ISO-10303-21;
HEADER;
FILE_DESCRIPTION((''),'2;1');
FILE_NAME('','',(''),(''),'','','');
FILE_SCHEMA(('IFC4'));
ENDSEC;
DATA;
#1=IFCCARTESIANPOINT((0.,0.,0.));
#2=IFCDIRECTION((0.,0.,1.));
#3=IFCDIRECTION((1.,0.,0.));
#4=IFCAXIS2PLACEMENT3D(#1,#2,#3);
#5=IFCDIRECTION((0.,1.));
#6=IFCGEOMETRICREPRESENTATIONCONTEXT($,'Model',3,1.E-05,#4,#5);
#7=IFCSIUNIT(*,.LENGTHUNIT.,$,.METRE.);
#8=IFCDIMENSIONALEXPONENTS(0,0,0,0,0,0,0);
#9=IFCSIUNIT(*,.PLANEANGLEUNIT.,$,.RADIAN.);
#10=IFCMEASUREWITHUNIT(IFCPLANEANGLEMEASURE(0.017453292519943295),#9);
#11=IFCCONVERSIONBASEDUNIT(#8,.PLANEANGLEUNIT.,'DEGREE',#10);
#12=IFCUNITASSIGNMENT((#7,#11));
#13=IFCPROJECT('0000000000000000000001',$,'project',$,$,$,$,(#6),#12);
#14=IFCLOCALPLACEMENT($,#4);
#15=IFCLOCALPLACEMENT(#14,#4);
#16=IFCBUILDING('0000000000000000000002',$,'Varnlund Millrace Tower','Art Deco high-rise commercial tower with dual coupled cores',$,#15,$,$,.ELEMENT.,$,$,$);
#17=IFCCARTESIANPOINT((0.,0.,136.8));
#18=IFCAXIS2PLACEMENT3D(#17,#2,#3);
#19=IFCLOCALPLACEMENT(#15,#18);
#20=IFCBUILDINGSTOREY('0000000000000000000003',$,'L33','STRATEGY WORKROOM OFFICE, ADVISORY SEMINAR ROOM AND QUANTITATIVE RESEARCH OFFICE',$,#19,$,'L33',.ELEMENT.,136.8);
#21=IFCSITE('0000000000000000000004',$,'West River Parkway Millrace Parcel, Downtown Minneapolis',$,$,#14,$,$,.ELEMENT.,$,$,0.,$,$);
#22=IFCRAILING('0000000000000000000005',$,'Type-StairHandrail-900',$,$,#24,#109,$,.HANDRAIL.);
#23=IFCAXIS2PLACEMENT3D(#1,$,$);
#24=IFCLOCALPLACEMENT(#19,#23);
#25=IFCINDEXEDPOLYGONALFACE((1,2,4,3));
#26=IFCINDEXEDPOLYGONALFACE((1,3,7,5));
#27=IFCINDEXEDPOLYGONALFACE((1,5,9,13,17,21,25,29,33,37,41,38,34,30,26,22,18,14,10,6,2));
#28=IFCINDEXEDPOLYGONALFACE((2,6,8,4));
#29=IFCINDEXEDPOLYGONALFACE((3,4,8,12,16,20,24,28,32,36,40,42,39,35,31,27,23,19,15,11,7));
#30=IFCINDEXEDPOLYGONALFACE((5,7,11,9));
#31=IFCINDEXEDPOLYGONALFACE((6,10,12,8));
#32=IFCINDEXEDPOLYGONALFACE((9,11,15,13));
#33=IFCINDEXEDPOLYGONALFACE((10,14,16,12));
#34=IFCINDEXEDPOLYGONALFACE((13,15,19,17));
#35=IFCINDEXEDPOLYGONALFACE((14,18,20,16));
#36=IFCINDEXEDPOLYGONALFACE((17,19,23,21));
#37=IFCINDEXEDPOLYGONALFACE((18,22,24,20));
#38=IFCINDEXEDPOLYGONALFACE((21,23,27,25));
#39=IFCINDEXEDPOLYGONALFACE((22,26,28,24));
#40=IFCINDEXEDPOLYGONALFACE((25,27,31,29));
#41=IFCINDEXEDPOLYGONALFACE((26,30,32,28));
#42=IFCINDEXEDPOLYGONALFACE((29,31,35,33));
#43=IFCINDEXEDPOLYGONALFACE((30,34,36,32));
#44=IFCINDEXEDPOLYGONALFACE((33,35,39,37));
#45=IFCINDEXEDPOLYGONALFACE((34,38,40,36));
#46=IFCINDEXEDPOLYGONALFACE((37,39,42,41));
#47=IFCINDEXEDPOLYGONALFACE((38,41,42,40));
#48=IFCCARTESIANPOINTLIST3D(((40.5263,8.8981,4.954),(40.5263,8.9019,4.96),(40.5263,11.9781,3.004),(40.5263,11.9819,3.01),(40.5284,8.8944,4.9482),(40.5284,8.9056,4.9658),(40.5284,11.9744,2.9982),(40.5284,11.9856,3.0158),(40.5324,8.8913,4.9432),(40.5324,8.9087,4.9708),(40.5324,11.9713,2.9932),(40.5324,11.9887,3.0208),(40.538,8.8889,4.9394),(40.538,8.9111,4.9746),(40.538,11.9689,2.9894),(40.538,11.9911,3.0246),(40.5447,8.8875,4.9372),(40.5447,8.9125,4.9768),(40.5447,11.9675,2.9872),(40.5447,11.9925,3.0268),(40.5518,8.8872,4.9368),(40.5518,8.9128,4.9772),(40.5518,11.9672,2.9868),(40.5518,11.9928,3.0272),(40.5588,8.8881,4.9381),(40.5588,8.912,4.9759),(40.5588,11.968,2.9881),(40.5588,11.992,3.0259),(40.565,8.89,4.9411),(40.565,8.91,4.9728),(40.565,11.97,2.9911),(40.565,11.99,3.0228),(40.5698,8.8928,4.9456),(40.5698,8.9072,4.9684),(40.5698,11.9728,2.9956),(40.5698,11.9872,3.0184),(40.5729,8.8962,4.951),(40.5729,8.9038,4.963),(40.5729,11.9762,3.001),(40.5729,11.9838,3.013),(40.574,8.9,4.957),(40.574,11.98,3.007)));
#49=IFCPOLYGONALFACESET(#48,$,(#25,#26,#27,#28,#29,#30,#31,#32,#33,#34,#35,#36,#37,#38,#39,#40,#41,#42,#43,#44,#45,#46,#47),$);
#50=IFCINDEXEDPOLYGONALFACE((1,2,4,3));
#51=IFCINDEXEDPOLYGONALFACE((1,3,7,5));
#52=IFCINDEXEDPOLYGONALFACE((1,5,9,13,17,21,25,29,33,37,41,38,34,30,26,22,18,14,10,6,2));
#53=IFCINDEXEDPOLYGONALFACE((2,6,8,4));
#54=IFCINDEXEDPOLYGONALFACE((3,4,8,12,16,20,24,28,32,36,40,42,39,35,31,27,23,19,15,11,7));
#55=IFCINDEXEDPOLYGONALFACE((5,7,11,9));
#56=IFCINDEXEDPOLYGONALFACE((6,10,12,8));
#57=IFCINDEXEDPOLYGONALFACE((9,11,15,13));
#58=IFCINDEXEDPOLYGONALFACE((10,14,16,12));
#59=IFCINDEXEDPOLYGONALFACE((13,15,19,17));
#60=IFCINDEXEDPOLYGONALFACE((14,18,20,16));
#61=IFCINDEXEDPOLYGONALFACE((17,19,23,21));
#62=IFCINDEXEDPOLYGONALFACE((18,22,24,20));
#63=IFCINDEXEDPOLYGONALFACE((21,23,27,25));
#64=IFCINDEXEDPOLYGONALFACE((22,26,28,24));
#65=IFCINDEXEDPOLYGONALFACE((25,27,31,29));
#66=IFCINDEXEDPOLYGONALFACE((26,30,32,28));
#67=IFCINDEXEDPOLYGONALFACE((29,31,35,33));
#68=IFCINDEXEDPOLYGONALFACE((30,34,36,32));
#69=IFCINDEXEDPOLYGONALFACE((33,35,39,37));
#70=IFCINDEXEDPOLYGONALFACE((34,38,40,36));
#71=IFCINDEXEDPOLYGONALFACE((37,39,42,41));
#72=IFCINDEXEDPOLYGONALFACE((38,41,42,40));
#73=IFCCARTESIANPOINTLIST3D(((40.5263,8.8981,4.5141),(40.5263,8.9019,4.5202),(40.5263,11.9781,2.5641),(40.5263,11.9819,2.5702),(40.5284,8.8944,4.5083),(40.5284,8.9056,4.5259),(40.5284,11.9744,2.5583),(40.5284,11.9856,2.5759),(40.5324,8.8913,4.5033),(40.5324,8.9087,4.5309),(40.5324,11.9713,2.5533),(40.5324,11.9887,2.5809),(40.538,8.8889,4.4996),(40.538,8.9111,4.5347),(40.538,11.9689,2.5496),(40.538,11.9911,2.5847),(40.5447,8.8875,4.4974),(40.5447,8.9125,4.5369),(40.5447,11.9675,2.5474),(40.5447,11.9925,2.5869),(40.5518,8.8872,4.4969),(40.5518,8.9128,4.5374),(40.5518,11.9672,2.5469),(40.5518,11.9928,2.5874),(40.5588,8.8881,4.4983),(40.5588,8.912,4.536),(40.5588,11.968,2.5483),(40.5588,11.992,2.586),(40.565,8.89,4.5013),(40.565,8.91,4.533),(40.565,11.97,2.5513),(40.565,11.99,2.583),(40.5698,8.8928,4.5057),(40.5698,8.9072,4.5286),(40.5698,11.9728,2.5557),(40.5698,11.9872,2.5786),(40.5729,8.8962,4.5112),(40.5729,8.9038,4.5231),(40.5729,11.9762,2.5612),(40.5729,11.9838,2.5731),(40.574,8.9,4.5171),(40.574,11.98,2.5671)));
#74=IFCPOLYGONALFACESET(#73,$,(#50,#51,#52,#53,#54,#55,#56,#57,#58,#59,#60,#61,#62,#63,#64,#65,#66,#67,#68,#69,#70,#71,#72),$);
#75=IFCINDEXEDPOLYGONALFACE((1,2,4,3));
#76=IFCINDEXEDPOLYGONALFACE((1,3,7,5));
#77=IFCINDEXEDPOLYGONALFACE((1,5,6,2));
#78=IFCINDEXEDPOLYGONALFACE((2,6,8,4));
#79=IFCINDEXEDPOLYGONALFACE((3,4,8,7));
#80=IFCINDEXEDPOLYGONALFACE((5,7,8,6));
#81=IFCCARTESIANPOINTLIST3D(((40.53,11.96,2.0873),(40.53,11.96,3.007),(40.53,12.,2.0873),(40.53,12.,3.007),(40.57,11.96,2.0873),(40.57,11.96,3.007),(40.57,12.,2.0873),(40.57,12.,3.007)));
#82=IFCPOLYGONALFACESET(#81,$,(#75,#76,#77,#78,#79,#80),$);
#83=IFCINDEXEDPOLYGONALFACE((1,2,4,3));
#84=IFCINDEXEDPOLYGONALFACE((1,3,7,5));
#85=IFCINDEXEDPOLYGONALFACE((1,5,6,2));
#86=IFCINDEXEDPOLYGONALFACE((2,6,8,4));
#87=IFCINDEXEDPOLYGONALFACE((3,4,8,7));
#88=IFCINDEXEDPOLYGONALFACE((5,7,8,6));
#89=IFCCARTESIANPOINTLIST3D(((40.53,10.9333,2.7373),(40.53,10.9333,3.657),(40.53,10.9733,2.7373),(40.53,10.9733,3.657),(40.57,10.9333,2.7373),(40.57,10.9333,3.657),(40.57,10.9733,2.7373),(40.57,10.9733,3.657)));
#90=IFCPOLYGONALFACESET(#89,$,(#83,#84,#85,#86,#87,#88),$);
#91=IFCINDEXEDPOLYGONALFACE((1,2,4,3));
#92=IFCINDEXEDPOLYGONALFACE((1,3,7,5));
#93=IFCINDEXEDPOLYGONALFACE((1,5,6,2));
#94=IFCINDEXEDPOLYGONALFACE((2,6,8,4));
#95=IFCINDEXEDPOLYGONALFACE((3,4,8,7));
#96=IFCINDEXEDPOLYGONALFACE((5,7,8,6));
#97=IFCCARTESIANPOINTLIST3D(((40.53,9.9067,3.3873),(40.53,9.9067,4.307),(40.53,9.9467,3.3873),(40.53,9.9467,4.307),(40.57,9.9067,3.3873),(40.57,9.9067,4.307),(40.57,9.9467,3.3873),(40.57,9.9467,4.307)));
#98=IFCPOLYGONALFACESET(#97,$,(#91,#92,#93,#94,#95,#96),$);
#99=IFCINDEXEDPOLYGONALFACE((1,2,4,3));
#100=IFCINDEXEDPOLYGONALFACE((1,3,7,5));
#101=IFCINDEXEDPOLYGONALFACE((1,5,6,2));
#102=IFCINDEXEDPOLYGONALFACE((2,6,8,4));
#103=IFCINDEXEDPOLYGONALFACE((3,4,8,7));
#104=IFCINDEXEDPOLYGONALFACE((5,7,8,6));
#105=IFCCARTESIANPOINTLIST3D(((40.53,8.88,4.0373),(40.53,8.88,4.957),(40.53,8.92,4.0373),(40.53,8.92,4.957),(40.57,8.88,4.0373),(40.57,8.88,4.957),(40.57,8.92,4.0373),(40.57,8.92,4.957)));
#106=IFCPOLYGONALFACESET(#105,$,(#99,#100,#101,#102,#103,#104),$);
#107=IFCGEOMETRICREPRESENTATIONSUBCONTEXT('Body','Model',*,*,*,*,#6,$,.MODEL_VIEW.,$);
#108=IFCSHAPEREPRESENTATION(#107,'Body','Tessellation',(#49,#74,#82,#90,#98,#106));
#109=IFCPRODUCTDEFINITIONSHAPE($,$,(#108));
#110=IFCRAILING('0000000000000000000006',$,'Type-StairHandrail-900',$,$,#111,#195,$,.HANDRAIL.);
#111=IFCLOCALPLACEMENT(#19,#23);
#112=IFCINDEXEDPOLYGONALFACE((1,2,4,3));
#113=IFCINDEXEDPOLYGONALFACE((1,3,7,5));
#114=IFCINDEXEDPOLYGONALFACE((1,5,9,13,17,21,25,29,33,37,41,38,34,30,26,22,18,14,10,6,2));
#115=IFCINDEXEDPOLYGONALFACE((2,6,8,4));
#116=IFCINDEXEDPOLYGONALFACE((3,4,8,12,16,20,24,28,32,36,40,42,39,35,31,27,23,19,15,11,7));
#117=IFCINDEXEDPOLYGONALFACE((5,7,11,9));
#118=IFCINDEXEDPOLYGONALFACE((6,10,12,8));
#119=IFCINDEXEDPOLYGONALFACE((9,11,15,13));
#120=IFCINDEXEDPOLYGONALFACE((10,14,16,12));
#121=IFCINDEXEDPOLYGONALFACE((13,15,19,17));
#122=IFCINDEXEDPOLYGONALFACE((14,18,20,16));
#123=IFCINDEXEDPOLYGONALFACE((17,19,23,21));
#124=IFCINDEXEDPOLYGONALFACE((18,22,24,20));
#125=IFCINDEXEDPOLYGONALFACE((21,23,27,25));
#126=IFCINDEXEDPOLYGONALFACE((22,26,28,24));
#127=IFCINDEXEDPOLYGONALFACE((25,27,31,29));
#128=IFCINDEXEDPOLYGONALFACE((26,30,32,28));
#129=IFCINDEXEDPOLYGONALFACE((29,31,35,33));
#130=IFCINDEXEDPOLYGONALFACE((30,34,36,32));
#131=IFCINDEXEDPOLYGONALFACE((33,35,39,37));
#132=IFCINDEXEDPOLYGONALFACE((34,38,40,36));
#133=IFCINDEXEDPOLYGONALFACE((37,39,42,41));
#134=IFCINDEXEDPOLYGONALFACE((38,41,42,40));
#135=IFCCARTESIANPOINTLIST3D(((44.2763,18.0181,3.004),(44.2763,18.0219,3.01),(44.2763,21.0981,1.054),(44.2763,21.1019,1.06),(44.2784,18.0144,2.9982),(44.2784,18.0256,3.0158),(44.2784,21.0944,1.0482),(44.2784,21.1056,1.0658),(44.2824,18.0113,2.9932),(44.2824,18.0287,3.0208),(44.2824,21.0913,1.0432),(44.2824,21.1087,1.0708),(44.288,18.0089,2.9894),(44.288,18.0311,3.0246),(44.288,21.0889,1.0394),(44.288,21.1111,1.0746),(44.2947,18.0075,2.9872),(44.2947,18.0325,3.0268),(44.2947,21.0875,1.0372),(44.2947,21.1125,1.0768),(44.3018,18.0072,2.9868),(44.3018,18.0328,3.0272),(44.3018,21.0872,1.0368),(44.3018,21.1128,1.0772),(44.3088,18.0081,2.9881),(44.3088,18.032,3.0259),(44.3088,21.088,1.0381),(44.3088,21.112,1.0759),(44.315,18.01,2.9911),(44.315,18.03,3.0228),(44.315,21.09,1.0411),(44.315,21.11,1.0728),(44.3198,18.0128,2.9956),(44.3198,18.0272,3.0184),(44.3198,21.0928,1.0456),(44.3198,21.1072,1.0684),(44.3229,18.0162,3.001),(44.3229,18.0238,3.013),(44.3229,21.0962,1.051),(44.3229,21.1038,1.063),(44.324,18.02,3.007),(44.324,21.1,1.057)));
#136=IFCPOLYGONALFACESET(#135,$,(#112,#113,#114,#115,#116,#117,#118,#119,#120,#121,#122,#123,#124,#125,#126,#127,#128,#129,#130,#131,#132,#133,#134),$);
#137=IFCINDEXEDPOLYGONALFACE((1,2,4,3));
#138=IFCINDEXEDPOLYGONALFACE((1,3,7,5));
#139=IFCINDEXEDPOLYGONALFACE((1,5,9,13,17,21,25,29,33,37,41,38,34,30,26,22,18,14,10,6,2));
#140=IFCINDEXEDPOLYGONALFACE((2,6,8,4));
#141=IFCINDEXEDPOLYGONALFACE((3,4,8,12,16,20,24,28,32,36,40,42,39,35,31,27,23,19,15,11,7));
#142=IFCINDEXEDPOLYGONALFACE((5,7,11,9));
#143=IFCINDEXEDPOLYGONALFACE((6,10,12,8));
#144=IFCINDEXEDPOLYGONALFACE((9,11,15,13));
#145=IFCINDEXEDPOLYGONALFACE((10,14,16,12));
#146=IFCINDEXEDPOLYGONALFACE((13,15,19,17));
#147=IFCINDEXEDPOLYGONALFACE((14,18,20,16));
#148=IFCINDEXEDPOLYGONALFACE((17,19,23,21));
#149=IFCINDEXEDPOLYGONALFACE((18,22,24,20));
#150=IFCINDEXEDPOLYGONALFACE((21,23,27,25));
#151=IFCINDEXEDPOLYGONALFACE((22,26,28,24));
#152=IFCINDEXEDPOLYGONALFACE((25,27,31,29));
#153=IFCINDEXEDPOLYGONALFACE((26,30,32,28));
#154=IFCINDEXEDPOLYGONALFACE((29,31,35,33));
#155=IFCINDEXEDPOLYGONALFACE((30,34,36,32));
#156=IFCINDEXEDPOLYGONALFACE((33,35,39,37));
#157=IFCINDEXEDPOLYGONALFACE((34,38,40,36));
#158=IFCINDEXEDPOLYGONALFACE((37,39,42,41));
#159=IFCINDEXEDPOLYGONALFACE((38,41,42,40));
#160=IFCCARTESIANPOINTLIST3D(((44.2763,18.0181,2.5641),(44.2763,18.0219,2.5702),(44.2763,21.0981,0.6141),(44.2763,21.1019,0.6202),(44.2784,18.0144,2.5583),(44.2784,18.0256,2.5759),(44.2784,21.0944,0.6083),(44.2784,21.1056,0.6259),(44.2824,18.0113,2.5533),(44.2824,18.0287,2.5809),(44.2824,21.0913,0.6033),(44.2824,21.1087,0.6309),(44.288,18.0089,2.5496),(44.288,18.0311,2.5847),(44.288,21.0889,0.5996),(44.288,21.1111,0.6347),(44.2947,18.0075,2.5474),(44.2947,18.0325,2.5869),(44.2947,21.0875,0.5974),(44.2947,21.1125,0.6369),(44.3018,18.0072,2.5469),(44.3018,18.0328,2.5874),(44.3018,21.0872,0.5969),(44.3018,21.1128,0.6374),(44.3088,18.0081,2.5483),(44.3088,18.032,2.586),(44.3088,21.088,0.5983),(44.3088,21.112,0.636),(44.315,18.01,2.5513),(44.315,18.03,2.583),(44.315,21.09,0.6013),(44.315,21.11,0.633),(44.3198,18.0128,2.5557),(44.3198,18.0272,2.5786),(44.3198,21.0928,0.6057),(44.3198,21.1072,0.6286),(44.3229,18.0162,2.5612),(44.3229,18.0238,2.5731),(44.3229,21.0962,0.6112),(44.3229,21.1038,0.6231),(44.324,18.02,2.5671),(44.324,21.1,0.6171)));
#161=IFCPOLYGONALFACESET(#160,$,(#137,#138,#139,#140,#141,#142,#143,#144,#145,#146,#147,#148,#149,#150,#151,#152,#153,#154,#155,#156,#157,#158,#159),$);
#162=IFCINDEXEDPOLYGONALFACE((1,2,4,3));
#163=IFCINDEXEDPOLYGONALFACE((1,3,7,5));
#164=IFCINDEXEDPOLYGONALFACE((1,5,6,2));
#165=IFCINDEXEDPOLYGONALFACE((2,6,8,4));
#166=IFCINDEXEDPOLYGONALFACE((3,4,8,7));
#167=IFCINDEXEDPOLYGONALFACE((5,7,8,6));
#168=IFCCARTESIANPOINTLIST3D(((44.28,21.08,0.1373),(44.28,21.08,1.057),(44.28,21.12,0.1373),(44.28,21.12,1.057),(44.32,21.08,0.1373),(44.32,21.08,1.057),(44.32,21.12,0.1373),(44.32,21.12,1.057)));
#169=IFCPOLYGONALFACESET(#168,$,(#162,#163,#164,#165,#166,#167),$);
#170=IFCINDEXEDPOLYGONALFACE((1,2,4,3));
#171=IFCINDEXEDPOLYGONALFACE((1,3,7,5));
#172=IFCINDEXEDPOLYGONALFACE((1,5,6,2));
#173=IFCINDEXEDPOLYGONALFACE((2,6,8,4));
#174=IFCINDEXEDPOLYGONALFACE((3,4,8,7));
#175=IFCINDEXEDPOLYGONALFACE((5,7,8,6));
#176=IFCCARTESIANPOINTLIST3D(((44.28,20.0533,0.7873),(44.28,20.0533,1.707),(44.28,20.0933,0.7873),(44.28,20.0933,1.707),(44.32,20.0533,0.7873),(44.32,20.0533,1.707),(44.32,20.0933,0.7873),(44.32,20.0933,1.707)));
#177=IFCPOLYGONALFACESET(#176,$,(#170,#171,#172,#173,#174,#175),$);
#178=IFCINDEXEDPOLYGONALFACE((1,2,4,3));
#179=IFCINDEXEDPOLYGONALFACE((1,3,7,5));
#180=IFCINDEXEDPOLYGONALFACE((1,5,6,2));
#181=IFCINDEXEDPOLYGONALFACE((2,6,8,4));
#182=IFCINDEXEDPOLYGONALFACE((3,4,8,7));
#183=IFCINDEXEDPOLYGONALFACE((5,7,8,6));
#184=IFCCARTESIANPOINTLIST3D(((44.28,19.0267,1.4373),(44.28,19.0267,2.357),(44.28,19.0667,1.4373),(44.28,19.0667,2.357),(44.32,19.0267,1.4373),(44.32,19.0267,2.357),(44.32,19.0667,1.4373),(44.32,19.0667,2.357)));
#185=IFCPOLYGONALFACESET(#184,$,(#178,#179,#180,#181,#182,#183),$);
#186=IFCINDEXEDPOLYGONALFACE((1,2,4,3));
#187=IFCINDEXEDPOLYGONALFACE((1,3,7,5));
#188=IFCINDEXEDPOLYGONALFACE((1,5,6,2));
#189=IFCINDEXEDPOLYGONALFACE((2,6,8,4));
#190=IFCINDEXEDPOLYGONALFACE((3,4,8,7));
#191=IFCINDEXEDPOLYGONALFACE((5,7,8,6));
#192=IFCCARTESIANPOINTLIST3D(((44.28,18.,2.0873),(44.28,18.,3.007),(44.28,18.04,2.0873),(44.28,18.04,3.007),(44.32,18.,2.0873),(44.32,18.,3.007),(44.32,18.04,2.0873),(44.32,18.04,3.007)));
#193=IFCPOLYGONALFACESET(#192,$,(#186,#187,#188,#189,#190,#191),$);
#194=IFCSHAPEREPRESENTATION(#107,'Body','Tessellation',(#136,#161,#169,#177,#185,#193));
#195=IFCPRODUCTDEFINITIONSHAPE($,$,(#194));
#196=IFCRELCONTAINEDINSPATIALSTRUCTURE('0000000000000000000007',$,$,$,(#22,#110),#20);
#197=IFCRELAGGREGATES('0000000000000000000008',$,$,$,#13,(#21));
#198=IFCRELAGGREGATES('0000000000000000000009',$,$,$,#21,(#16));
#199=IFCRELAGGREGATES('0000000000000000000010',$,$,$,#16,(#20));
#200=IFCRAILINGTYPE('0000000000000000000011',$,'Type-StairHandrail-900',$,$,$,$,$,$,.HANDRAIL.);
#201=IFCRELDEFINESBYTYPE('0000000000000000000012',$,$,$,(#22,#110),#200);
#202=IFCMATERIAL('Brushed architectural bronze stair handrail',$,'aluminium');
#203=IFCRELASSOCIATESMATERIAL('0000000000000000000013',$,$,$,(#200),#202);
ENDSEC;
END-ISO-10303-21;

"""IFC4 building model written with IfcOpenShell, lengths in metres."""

from ifc_helpers import new_model, entity, si_unit, converted_unit, direction, frame, origin_with_axes, origin_2d_with_axis, place, context, subcontext, project, spatial, rectangle, circle, extrude, material, type_object, element, save


model = new_model("IFC4")

# Units and contexts
model_context = context("Model", 3, precision=1e-05, world=origin_with_axes(), true_north=direction((0.0, 1.0)))
body_context = subcontext(model_context, "Body", "Model", "MODEL_VIEW")
ifc_project = project(units=[si_unit("LENGTHUNIT", "METRE"), converted_unit("PLANEANGLEUNIT", "DEGREE", entity("IfcPlaneAngleMeasure", 0.017453292519943295), si_unit("PLANEANGLEUNIT", "RADIAN"), dimensions=[0, 0, 0, 0, 0, 0, 0])], contexts=[model_context])

# Site, building, storey
site_placement = place(None, origin_with_axes())
site = spatial("IfcSite", under=ifc_project, at=site_placement, Name="West River Parkway Millrace Parcel, Downtown Minneapolis", CompositionType="ELEMENT", RefElevation=0.0)
building_placement = place(site_placement, origin_with_axes())
building = spatial("IfcBuilding", under=site, at=building_placement, Name="Varnlund Millrace Tower", Description="Art Deco high-rise commercial tower with dual coupled cores", CompositionType="ELEMENT")
storey_placement = place(building_placement, frame((0.0, 0.0, 136.8), z_axis=(0.0, 0.0, 1.0), x_axis=(1.0, 0.0, 0.0)))
storey = spatial("IfcBuildingStorey", under=building, at=storey_placement, Name="L33", Description="STRATEGY WORKROOM OFFICE, ADVISORY SEMINAR ROOM AND QUANTITATIVE RESEARCH OFFICE", LongName="L33", CompositionType="ELEMENT", Elevation=136.8)

# Railings
ifc_material_1 = material(Name="Brushed architectural bronze stair handrail", Category="aluminium")
railing_type_1 = type_object("IfcRailingType", Name="Type-StairHandrail-900", PredefinedType="HANDRAIL", material=ifc_material_1)
railing_1_placement = place(storey_placement, frame((0.0, 0.0, -136.8), z_axis=(0.0, 0.0, 1.0), x_axis=(1.0, 0.0, 0.0)))
element("IfcRailing", 1, at=railing_1_placement, inside=storey, type_object=railing_type_1, Name="Type-StairHandrail-900", PredefinedType="HANDRAIL", context=body_context, shape_type="SweptSolid", body=[
    extrude(circle(Radius=0.024, at=origin_2d_with_axis()), frame((40.55, 11.98, 139.807), z_axis=(0.0, -0.844902, 0.534922), x_axis=(1.0, 0.0, 0.0)), (0.0, 0.0, 1.0), 3.6454),
    extrude(circle(Radius=0.024, at=origin_2d_with_axis()), frame((40.55, 11.98, 139.3671), z_axis=(0.0, -0.844902, 0.534922), x_axis=(1.0, 0.0, 0.0)), (0.0, 0.0, 1.0), 3.6454),
    extrude(rectangle(XDim=0.04, YDim=0.04, at=origin_2d_with_axis()), frame((40.55, 11.98, 138.8873), z_axis=(0.0, 0.0, 1.0), x_axis=(1.0, 0.0, 0.0)), (0.0, 0.0, 1.0), 0.9197),
    extrude(rectangle(XDim=0.04, YDim=0.04, at=origin_2d_with_axis()), frame((40.55, 10.9533, 139.5373), z_axis=(0.0, 0.0, 1.0), x_axis=(1.0, 0.0, 0.0)), (0.0, 0.0, 1.0), 0.9197),
    extrude(rectangle(XDim=0.04, YDim=0.04, at=origin_2d_with_axis()), frame((40.55, 9.9267, 140.1873), z_axis=(0.0, 0.0, 1.0), x_axis=(1.0, 0.0, 0.0)), (0.0, 0.0, 1.0), 0.9197),
    extrude(rectangle(XDim=0.04, YDim=0.04, at=origin_2d_with_axis()), frame((40.55, 8.9, 140.8373), z_axis=(0.0, 0.0, 1.0), x_axis=(1.0, 0.0, 0.0)), (0.0, 0.0, 1.0), 0.9197),
])
railing_2_placement = place(storey_placement, frame((0.0, 0.0, -136.8), z_axis=(0.0, 0.0, 1.0), x_axis=(1.0, 0.0, 0.0)))
element("IfcRailing", 2, at=railing_2_placement, inside=storey, type_object=railing_type_1, Name="Type-StairHandrail-900", PredefinedType="HANDRAIL", context=body_context, shape_type="SweptSolid", body=[
    extrude(circle(Radius=0.024, at=origin_2d_with_axis()), frame((44.3, 21.1, 137.857), z_axis=(0.0, -0.844902, 0.534922), x_axis=(1.0, 0.0, 0.0)), (0.0, 0.0, 1.0), 3.6454),
    extrude(circle(Radius=0.024, at=origin_2d_with_axis()), frame((44.3, 21.1, 137.4171), z_axis=(0.0, -0.844902, 0.534922), x_axis=(1.0, 0.0, 0.0)), (0.0, 0.0, 1.0), 3.6454),
    extrude(rectangle(XDim=0.04, YDim=0.04, at=origin_2d_with_axis()), frame((44.3, 21.1, 136.9373), z_axis=(0.0, 0.0, 1.0), x_axis=(1.0, 0.0, 0.0)), (0.0, 0.0, 1.0), 0.9197),
    extrude(rectangle(XDim=0.04, YDim=0.04, at=origin_2d_with_axis()), frame((44.3, 20.0733, 137.5873), z_axis=(0.0, 0.0, 1.0), x_axis=(1.0, 0.0, 0.0)), (0.0, 0.0, 1.0), 0.9197),
    extrude(rectangle(XDim=0.04, YDim=0.04, at=origin_2d_with_axis()), frame((44.3, 19.0467, 138.2373), z_axis=(0.0, 0.0, 1.0), x_axis=(1.0, 0.0, 0.0)), (0.0, 0.0, 1.0), 0.9197),
    extrude(rectangle(XDim=0.04, YDim=0.04, at=origin_2d_with_axis()), frame((44.3, 18.02, 138.8873), z_axis=(0.0, 0.0, 1.0), x_axis=(1.0, 0.0, 0.0)), (0.0, 0.0, 1.0), 0.9197),
])

save(model, "model.ifc")
